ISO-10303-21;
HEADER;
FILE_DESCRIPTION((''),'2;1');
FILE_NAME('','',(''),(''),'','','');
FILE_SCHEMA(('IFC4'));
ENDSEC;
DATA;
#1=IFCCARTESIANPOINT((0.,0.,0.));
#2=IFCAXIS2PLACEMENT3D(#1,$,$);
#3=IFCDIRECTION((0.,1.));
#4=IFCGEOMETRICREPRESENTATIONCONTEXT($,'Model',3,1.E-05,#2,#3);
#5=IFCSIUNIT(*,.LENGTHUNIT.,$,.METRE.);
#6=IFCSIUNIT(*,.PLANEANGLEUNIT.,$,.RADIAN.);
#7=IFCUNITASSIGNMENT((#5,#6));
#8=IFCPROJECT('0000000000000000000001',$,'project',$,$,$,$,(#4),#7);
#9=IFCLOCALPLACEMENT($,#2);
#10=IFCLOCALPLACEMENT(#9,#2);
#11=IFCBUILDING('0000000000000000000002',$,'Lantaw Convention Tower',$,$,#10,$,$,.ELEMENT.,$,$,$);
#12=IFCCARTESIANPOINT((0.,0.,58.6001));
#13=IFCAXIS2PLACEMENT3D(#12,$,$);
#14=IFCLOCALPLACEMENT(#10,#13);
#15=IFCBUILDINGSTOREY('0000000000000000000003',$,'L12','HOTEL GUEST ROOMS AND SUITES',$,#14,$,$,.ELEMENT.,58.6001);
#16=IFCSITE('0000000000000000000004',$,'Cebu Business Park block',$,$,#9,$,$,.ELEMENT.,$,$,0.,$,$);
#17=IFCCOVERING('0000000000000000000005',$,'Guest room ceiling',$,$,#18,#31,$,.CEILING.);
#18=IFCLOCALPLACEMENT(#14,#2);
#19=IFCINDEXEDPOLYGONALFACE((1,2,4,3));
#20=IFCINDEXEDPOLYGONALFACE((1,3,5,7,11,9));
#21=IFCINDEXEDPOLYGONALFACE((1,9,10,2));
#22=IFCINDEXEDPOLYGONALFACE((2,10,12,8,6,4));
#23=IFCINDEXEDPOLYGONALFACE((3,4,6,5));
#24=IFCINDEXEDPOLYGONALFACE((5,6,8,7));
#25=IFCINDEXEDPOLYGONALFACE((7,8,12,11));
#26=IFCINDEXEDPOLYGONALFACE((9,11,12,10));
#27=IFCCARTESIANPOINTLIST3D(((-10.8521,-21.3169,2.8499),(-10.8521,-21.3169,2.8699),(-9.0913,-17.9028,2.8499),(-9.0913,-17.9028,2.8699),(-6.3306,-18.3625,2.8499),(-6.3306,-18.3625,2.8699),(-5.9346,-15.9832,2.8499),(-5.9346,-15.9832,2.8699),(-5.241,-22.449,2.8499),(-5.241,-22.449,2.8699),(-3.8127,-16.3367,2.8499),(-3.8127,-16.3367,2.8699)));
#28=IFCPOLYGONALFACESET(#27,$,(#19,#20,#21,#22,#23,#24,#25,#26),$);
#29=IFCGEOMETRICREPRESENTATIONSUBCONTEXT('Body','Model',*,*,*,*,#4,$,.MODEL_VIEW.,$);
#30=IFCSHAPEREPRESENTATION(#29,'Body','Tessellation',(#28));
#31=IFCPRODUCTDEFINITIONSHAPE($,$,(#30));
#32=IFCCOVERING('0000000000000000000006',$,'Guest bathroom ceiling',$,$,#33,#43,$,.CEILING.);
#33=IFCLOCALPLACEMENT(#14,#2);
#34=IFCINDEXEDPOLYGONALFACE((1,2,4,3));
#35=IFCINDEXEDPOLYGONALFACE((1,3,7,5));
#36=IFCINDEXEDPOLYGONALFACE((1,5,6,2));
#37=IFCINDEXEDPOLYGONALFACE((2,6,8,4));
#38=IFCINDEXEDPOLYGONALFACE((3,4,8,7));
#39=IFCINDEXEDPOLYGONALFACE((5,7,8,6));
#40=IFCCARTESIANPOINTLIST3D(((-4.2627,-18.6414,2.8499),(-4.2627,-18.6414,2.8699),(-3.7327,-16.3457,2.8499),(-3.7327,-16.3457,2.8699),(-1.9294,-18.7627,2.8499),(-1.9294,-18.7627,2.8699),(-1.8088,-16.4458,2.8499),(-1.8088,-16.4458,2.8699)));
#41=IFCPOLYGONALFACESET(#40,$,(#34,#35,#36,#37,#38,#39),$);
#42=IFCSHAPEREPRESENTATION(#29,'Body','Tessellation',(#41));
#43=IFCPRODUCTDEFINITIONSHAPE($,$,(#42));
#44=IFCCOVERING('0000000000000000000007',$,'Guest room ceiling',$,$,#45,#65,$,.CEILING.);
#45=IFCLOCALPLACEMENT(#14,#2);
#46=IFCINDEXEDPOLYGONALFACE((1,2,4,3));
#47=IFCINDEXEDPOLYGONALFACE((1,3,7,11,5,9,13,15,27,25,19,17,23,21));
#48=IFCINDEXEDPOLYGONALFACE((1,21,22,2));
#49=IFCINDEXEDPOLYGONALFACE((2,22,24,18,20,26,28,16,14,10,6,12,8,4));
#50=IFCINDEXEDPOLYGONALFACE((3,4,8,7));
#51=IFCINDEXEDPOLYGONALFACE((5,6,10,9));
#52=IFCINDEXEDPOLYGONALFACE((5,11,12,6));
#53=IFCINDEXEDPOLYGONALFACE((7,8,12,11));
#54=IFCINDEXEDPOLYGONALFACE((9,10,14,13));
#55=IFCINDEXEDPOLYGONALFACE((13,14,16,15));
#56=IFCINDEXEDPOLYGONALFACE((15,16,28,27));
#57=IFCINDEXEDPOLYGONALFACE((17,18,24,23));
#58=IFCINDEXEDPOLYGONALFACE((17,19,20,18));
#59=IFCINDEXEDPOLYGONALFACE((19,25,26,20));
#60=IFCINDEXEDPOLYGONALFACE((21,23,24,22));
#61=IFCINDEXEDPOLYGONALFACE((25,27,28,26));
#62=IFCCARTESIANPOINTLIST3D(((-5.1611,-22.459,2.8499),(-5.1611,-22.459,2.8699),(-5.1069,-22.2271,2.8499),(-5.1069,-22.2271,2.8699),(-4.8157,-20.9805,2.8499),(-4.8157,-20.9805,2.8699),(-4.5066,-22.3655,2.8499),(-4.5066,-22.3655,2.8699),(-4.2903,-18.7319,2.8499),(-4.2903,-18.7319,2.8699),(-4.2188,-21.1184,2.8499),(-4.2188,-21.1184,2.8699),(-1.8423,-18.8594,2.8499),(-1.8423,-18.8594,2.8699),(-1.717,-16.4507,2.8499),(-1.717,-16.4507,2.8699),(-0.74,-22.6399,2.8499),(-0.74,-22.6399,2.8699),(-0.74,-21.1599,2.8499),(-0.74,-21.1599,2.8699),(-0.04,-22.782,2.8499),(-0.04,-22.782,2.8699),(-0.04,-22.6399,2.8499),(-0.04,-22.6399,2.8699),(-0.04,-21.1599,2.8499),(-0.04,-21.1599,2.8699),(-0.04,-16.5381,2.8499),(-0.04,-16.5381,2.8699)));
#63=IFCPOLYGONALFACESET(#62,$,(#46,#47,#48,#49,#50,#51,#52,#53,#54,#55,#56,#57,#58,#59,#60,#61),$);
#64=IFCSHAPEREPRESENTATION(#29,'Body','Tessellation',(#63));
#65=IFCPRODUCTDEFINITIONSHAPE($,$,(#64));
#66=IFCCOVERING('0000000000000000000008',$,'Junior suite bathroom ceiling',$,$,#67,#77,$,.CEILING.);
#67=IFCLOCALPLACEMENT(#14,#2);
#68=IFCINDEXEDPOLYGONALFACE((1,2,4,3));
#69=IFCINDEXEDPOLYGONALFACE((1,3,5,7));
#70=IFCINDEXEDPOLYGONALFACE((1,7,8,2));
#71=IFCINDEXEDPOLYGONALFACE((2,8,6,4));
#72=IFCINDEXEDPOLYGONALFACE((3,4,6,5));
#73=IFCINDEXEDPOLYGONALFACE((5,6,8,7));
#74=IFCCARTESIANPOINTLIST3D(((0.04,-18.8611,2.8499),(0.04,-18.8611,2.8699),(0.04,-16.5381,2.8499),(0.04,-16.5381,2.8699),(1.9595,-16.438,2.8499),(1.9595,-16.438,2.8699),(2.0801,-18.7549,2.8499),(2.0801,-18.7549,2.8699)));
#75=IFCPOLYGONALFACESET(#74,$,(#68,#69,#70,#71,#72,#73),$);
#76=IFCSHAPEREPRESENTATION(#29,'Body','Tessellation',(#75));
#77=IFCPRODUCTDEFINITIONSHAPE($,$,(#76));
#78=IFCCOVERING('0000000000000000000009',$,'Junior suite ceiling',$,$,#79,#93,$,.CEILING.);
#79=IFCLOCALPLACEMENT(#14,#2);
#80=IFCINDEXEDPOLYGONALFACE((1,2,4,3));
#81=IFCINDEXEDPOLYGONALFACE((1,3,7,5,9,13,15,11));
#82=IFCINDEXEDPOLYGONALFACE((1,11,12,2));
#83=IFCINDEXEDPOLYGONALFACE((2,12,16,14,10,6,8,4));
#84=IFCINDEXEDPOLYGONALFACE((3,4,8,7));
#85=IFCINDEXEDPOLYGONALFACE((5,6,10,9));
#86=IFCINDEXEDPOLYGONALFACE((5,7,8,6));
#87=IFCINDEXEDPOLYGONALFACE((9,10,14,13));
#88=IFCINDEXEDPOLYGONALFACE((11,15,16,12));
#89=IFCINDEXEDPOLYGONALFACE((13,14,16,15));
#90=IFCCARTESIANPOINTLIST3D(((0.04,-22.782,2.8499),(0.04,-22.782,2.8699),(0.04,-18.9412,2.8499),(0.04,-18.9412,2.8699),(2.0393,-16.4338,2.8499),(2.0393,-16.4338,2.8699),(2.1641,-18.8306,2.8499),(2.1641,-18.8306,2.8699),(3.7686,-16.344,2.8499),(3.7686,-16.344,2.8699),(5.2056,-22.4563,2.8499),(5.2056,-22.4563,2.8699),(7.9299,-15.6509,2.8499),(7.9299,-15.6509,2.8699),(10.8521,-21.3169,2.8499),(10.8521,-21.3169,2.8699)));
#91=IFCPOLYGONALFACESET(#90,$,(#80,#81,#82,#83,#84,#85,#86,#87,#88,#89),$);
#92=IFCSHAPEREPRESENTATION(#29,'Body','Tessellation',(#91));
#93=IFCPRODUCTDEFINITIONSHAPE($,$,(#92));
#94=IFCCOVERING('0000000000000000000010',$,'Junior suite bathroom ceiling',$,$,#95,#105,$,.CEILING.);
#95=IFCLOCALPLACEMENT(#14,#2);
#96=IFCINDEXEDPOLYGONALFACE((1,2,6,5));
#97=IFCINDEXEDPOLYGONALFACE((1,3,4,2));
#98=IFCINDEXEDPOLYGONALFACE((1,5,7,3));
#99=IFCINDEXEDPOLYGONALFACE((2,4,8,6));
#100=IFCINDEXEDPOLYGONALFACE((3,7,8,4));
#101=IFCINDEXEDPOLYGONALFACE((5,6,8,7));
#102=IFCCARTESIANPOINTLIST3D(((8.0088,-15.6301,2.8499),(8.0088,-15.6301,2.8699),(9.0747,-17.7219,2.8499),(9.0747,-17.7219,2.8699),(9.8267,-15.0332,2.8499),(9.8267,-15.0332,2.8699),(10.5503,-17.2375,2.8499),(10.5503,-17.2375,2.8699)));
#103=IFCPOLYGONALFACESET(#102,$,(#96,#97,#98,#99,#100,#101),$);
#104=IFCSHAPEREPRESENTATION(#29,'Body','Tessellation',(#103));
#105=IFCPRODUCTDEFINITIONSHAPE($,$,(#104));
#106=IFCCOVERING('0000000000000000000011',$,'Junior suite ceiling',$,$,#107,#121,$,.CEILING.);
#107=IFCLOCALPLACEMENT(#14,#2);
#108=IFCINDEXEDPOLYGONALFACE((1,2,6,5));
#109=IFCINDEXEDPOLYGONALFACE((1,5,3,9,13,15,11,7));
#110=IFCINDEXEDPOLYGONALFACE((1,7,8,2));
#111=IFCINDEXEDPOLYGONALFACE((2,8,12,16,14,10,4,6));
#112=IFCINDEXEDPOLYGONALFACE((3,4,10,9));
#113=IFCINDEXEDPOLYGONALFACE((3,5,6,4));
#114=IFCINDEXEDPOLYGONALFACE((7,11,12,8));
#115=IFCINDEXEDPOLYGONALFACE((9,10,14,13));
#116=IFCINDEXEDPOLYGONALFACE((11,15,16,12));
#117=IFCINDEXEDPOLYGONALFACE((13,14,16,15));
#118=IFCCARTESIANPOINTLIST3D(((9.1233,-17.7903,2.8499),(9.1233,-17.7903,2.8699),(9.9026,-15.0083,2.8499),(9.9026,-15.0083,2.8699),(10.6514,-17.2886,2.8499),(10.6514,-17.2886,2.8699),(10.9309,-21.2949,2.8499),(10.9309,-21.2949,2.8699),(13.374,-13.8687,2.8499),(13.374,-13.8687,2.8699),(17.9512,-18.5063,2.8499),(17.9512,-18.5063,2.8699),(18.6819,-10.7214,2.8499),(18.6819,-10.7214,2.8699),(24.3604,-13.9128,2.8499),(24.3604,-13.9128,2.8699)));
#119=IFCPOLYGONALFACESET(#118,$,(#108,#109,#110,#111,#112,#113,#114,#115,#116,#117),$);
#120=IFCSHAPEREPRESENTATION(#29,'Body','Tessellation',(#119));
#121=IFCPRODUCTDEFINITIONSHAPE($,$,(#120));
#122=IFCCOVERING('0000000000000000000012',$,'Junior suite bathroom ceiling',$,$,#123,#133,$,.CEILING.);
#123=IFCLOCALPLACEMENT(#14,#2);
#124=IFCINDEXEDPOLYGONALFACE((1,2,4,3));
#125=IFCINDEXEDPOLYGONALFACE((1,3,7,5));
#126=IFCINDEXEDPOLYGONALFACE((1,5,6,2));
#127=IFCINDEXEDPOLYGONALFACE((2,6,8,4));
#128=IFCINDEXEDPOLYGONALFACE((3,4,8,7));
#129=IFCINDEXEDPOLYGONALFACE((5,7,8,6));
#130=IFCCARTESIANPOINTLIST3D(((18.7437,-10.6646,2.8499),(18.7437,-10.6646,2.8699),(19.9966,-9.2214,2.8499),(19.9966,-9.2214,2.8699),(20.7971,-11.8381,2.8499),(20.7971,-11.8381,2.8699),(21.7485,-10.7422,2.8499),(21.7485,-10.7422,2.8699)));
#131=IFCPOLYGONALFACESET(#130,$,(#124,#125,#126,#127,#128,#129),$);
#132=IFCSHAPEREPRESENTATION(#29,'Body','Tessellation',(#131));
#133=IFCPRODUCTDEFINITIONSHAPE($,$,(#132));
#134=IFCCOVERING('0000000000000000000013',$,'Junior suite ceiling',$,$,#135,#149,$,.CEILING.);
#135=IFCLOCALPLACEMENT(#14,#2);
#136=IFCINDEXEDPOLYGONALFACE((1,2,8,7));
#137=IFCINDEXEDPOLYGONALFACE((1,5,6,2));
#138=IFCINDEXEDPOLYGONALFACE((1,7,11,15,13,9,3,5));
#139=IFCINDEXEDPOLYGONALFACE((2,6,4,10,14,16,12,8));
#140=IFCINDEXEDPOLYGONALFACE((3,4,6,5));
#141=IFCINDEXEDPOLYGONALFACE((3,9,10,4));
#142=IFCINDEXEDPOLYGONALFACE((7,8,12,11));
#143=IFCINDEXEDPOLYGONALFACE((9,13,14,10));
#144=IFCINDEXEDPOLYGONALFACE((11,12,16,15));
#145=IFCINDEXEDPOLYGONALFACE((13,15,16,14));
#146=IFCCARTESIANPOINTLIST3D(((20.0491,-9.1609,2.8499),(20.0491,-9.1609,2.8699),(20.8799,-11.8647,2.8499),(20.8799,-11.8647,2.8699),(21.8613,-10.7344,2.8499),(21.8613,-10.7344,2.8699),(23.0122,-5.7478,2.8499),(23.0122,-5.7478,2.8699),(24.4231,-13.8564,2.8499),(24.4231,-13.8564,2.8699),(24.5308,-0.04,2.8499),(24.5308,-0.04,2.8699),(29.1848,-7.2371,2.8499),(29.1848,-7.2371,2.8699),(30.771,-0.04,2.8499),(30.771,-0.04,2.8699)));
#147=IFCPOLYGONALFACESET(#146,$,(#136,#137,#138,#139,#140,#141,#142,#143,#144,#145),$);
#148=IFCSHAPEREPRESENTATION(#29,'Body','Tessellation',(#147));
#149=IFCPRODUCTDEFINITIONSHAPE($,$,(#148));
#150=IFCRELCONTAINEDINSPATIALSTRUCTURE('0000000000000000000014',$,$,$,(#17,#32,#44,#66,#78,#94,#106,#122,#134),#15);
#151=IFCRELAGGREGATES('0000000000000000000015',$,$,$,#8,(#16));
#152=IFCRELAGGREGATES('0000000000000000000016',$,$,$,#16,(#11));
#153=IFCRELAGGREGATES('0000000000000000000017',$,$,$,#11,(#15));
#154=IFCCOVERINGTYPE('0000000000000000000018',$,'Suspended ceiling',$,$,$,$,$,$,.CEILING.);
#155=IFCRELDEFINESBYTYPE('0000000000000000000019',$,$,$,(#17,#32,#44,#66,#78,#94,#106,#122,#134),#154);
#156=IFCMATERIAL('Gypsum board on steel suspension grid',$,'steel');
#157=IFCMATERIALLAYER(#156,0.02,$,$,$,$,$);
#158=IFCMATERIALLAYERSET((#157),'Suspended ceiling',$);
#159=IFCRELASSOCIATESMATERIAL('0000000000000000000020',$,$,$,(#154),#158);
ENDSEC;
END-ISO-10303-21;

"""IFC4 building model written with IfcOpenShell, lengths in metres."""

from ifc_helpers import new_model, si_unit, direction, frame, origin, place, context, subcontext, project, spatial, polyline, outline, extrude, material, layer, layer_set, type_object, element, save


model = new_model("IFC4")

# Units and contexts
model_context = context("Model", 3, precision=1e-05, world=origin(), true_north=direction((0.0, 1.0)))
body_context = subcontext(model_context, "Body", "Model", "MODEL_VIEW")
ifc_project = project(units=[si_unit("LENGTHUNIT", "METRE"), si_unit("PLANEANGLEUNIT", "RADIAN")], contexts=[model_context])

# Site, building, storey
site_placement = place(None, origin())
site = spatial("IfcSite", under=ifc_project, at=site_placement, Name="Cebu Business Park block", CompositionType="ELEMENT", RefElevation=0.0)
building_placement = place(site_placement, origin())
building = spatial("IfcBuilding", under=site, at=building_placement, Name="Lantaw Convention Tower", CompositionType="ELEMENT")
storey_placement = place(building_placement, frame((0.0, 0.0, 58.6001)))
storey = spatial("IfcBuildingStorey", under=building, at=storey_placement, Name="L12", Description="HOTEL GUEST ROOMS AND SUITES", CompositionType="ELEMENT", Elevation=58.6001)

# Coverings
ifc_material_1 = material(Name="Gypsum board on steel suspension grid", Category="steel")
ifc_layer_1 = layer(ifc_material_1, 0.02)
ifc_layer_set_1 = layer_set([ifc_layer_1], Name="Suspended ceiling")
covering_type = type_object("IfcCoveringType", Name="Suspended ceiling", PredefinedType="CEILING", material=ifc_layer_set_1)
covering_1_placement = place(storey_placement, frame((0.0, 0.0, 2.8499)))
element("IfcCovering", 1, at=covering_1_placement, inside=storey, type_object=covering_type, Name="Guest room ceiling", PredefinedType="CEILING", context=body_context, shape_type="SweptSolid", body=[
    extrude(outline(polyline([(-9.0913, -17.9028), (-10.8521, -21.3169), (-5.241, -22.449), (-3.8127, -16.3367), (-5.9346, -15.9832), (-6.3306, -18.3625), (-9.0913, -17.9028)])), origin(), (0.0, 0.0, 1.0), 0.02),
])
covering_2_placement = place(storey_placement, frame((0.0, 0.0, 2.8499)))
element("IfcCovering", 2, at=covering_2_placement, inside=storey, type_object=covering_type, Name="Guest bathroom ceiling", PredefinedType="CEILING", context=body_context, shape_type="SweptSolid", body=[
    extrude(outline(polyline([(-3.7327, -16.3457), (-4.2627, -18.6414), (-1.9294, -18.7627), (-1.8088, -16.4458), (-3.7327, -16.3457)])), origin(), (0.0, 0.0, 1.0), 0.02),
])
covering_3_placement = place(storey_placement, frame((0.0, 0.0, 2.8499)))
element("IfcCovering", 3, at=covering_3_placement, inside=storey, type_object=covering_type, Name="Guest room ceiling", PredefinedType="CEILING", context=body_context, shape_type="SweptSolid", body=[
    extrude(outline(polyline([(-0.04, -16.5381), (-1.717, -16.4507), (-1.8423, -18.8594), (-4.2903, -18.7319), (-4.8157, -20.9805), (-4.2188, -21.1184), (-4.5066, -22.3655), (-5.1069, -22.2271), (-5.1611, -22.459), (-0.04, -22.782), (-0.04, -22.6399), (-0.74, -22.6399), (-0.74, -21.1599), (-0.04, -21.1599), (-0.04, -16.5381)])), origin(), (0.0, 0.0, 1.0), 0.02),
])
covering_4_placement = place(storey_placement, frame((0.0, 0.0, 2.8499)))
element("IfcCovering", 4, at=covering_4_placement, inside=storey, type_object=covering_type, Name="Junior suite bathroom ceiling", PredefinedType="CEILING", context=body_context, shape_type="SweptSolid", body=[
    extrude(outline(polyline([(0.04, -16.5381), (0.04, -18.8611), (2.0801, -18.7549), (1.9595, -16.438), (0.04, -16.5381)])), origin(), (0.0, 0.0, 1.0), 0.02),
])
covering_5_placement = place(storey_placement, frame((0.0, 0.0, 2.8499)))
element("IfcCovering", 5, at=covering_5_placement, inside=storey, type_object=covering_type, Name="Junior suite ceiling", PredefinedType="CEILING", context=body_context, shape_type="SweptSolid", body=[
    extrude(outline(polyline([(3.7686, -16.344), (2.0393, -16.4338), (2.1641, -18.8306), (0.04, -18.9412), (0.04, -22.782), (5.2056, -22.4563), (10.8521, -21.3169), (7.9299, -15.6509), (3.7686, -16.344)])), origin(), (0.0, 0.0, 1.0), 0.02),
])
covering_6_placement = place(storey_placement, frame((0.0, 0.0, 2.8499)))
element("IfcCovering", 6, at=covering_6_placement, inside=storey, type_object=covering_type, Name="Junior suite bathroom ceiling", PredefinedType="CEILING", context=body_context, shape_type="SweptSolid", body=[
    extrude(outline(polyline([(8.0088, -15.6301), (9.0747, -17.7219), (10.5503, -17.2375), (9.8267, -15.0332), (8.0088, -15.6301)])), origin(), (0.0, 0.0, 1.0), 0.02),
])
covering_7_placement = place(storey_placement, frame((0.0, 0.0, 2.8499)))
element("IfcCovering", 7, at=covering_7_placement, inside=storey, type_object=covering_type, Name="Junior suite ceiling", PredefinedType="CEILING", context=body_context, shape_type="SweptSolid", body=[
    extrude(outline(polyline([(13.374, -13.8687), (9.9026, -15.0083), (10.6514, -17.2886), (9.1233, -17.7903), (10.9309, -21.2949), (17.9512, -18.5063), (24.3604, -13.9128), (18.6819, -10.7214), (13.374, -13.8687)])), origin(), (0.0, 0.0, 1.0), 0.02),
])
covering_8_placement = place(storey_placement, frame((0.0, 0.0, 2.8499)))
element("IfcCovering", 8, at=covering_8_placement, inside=storey, type_object=covering_type, Name="Junior suite bathroom ceiling", PredefinedType="CEILING", context=body_context, shape_type="SweptSolid", body=[
    extrude(outline(polyline([(18.7437, -10.6646), (20.7971, -11.8381), (21.7485, -10.7422), (19.9966, -9.2214), (18.7437, -10.6646)])), origin(), (0.0, 0.0, 1.0), 0.02),
])
covering_9_placement = place(storey_placement, frame((0.0, 0.0, 2.8499)))
element("IfcCovering", 9, at=covering_9_placement, inside=storey, type_object=covering_type, Name="Junior suite ceiling", PredefinedType="CEILING", context=body_context, shape_type="SweptSolid", body=[
    extrude(outline(polyline([(23.0122, -5.7478), (20.0491, -9.1609), (21.8613, -10.7344), (20.8799, -11.8647), (24.4231, -13.8564), (29.1848, -7.2371), (30.771, -0.04), (24.5308, -0.04), (23.0122, -5.7478)])), origin(), (0.0, 0.0, 1.0), 0.02),
])

save(model, "model.ifc")
